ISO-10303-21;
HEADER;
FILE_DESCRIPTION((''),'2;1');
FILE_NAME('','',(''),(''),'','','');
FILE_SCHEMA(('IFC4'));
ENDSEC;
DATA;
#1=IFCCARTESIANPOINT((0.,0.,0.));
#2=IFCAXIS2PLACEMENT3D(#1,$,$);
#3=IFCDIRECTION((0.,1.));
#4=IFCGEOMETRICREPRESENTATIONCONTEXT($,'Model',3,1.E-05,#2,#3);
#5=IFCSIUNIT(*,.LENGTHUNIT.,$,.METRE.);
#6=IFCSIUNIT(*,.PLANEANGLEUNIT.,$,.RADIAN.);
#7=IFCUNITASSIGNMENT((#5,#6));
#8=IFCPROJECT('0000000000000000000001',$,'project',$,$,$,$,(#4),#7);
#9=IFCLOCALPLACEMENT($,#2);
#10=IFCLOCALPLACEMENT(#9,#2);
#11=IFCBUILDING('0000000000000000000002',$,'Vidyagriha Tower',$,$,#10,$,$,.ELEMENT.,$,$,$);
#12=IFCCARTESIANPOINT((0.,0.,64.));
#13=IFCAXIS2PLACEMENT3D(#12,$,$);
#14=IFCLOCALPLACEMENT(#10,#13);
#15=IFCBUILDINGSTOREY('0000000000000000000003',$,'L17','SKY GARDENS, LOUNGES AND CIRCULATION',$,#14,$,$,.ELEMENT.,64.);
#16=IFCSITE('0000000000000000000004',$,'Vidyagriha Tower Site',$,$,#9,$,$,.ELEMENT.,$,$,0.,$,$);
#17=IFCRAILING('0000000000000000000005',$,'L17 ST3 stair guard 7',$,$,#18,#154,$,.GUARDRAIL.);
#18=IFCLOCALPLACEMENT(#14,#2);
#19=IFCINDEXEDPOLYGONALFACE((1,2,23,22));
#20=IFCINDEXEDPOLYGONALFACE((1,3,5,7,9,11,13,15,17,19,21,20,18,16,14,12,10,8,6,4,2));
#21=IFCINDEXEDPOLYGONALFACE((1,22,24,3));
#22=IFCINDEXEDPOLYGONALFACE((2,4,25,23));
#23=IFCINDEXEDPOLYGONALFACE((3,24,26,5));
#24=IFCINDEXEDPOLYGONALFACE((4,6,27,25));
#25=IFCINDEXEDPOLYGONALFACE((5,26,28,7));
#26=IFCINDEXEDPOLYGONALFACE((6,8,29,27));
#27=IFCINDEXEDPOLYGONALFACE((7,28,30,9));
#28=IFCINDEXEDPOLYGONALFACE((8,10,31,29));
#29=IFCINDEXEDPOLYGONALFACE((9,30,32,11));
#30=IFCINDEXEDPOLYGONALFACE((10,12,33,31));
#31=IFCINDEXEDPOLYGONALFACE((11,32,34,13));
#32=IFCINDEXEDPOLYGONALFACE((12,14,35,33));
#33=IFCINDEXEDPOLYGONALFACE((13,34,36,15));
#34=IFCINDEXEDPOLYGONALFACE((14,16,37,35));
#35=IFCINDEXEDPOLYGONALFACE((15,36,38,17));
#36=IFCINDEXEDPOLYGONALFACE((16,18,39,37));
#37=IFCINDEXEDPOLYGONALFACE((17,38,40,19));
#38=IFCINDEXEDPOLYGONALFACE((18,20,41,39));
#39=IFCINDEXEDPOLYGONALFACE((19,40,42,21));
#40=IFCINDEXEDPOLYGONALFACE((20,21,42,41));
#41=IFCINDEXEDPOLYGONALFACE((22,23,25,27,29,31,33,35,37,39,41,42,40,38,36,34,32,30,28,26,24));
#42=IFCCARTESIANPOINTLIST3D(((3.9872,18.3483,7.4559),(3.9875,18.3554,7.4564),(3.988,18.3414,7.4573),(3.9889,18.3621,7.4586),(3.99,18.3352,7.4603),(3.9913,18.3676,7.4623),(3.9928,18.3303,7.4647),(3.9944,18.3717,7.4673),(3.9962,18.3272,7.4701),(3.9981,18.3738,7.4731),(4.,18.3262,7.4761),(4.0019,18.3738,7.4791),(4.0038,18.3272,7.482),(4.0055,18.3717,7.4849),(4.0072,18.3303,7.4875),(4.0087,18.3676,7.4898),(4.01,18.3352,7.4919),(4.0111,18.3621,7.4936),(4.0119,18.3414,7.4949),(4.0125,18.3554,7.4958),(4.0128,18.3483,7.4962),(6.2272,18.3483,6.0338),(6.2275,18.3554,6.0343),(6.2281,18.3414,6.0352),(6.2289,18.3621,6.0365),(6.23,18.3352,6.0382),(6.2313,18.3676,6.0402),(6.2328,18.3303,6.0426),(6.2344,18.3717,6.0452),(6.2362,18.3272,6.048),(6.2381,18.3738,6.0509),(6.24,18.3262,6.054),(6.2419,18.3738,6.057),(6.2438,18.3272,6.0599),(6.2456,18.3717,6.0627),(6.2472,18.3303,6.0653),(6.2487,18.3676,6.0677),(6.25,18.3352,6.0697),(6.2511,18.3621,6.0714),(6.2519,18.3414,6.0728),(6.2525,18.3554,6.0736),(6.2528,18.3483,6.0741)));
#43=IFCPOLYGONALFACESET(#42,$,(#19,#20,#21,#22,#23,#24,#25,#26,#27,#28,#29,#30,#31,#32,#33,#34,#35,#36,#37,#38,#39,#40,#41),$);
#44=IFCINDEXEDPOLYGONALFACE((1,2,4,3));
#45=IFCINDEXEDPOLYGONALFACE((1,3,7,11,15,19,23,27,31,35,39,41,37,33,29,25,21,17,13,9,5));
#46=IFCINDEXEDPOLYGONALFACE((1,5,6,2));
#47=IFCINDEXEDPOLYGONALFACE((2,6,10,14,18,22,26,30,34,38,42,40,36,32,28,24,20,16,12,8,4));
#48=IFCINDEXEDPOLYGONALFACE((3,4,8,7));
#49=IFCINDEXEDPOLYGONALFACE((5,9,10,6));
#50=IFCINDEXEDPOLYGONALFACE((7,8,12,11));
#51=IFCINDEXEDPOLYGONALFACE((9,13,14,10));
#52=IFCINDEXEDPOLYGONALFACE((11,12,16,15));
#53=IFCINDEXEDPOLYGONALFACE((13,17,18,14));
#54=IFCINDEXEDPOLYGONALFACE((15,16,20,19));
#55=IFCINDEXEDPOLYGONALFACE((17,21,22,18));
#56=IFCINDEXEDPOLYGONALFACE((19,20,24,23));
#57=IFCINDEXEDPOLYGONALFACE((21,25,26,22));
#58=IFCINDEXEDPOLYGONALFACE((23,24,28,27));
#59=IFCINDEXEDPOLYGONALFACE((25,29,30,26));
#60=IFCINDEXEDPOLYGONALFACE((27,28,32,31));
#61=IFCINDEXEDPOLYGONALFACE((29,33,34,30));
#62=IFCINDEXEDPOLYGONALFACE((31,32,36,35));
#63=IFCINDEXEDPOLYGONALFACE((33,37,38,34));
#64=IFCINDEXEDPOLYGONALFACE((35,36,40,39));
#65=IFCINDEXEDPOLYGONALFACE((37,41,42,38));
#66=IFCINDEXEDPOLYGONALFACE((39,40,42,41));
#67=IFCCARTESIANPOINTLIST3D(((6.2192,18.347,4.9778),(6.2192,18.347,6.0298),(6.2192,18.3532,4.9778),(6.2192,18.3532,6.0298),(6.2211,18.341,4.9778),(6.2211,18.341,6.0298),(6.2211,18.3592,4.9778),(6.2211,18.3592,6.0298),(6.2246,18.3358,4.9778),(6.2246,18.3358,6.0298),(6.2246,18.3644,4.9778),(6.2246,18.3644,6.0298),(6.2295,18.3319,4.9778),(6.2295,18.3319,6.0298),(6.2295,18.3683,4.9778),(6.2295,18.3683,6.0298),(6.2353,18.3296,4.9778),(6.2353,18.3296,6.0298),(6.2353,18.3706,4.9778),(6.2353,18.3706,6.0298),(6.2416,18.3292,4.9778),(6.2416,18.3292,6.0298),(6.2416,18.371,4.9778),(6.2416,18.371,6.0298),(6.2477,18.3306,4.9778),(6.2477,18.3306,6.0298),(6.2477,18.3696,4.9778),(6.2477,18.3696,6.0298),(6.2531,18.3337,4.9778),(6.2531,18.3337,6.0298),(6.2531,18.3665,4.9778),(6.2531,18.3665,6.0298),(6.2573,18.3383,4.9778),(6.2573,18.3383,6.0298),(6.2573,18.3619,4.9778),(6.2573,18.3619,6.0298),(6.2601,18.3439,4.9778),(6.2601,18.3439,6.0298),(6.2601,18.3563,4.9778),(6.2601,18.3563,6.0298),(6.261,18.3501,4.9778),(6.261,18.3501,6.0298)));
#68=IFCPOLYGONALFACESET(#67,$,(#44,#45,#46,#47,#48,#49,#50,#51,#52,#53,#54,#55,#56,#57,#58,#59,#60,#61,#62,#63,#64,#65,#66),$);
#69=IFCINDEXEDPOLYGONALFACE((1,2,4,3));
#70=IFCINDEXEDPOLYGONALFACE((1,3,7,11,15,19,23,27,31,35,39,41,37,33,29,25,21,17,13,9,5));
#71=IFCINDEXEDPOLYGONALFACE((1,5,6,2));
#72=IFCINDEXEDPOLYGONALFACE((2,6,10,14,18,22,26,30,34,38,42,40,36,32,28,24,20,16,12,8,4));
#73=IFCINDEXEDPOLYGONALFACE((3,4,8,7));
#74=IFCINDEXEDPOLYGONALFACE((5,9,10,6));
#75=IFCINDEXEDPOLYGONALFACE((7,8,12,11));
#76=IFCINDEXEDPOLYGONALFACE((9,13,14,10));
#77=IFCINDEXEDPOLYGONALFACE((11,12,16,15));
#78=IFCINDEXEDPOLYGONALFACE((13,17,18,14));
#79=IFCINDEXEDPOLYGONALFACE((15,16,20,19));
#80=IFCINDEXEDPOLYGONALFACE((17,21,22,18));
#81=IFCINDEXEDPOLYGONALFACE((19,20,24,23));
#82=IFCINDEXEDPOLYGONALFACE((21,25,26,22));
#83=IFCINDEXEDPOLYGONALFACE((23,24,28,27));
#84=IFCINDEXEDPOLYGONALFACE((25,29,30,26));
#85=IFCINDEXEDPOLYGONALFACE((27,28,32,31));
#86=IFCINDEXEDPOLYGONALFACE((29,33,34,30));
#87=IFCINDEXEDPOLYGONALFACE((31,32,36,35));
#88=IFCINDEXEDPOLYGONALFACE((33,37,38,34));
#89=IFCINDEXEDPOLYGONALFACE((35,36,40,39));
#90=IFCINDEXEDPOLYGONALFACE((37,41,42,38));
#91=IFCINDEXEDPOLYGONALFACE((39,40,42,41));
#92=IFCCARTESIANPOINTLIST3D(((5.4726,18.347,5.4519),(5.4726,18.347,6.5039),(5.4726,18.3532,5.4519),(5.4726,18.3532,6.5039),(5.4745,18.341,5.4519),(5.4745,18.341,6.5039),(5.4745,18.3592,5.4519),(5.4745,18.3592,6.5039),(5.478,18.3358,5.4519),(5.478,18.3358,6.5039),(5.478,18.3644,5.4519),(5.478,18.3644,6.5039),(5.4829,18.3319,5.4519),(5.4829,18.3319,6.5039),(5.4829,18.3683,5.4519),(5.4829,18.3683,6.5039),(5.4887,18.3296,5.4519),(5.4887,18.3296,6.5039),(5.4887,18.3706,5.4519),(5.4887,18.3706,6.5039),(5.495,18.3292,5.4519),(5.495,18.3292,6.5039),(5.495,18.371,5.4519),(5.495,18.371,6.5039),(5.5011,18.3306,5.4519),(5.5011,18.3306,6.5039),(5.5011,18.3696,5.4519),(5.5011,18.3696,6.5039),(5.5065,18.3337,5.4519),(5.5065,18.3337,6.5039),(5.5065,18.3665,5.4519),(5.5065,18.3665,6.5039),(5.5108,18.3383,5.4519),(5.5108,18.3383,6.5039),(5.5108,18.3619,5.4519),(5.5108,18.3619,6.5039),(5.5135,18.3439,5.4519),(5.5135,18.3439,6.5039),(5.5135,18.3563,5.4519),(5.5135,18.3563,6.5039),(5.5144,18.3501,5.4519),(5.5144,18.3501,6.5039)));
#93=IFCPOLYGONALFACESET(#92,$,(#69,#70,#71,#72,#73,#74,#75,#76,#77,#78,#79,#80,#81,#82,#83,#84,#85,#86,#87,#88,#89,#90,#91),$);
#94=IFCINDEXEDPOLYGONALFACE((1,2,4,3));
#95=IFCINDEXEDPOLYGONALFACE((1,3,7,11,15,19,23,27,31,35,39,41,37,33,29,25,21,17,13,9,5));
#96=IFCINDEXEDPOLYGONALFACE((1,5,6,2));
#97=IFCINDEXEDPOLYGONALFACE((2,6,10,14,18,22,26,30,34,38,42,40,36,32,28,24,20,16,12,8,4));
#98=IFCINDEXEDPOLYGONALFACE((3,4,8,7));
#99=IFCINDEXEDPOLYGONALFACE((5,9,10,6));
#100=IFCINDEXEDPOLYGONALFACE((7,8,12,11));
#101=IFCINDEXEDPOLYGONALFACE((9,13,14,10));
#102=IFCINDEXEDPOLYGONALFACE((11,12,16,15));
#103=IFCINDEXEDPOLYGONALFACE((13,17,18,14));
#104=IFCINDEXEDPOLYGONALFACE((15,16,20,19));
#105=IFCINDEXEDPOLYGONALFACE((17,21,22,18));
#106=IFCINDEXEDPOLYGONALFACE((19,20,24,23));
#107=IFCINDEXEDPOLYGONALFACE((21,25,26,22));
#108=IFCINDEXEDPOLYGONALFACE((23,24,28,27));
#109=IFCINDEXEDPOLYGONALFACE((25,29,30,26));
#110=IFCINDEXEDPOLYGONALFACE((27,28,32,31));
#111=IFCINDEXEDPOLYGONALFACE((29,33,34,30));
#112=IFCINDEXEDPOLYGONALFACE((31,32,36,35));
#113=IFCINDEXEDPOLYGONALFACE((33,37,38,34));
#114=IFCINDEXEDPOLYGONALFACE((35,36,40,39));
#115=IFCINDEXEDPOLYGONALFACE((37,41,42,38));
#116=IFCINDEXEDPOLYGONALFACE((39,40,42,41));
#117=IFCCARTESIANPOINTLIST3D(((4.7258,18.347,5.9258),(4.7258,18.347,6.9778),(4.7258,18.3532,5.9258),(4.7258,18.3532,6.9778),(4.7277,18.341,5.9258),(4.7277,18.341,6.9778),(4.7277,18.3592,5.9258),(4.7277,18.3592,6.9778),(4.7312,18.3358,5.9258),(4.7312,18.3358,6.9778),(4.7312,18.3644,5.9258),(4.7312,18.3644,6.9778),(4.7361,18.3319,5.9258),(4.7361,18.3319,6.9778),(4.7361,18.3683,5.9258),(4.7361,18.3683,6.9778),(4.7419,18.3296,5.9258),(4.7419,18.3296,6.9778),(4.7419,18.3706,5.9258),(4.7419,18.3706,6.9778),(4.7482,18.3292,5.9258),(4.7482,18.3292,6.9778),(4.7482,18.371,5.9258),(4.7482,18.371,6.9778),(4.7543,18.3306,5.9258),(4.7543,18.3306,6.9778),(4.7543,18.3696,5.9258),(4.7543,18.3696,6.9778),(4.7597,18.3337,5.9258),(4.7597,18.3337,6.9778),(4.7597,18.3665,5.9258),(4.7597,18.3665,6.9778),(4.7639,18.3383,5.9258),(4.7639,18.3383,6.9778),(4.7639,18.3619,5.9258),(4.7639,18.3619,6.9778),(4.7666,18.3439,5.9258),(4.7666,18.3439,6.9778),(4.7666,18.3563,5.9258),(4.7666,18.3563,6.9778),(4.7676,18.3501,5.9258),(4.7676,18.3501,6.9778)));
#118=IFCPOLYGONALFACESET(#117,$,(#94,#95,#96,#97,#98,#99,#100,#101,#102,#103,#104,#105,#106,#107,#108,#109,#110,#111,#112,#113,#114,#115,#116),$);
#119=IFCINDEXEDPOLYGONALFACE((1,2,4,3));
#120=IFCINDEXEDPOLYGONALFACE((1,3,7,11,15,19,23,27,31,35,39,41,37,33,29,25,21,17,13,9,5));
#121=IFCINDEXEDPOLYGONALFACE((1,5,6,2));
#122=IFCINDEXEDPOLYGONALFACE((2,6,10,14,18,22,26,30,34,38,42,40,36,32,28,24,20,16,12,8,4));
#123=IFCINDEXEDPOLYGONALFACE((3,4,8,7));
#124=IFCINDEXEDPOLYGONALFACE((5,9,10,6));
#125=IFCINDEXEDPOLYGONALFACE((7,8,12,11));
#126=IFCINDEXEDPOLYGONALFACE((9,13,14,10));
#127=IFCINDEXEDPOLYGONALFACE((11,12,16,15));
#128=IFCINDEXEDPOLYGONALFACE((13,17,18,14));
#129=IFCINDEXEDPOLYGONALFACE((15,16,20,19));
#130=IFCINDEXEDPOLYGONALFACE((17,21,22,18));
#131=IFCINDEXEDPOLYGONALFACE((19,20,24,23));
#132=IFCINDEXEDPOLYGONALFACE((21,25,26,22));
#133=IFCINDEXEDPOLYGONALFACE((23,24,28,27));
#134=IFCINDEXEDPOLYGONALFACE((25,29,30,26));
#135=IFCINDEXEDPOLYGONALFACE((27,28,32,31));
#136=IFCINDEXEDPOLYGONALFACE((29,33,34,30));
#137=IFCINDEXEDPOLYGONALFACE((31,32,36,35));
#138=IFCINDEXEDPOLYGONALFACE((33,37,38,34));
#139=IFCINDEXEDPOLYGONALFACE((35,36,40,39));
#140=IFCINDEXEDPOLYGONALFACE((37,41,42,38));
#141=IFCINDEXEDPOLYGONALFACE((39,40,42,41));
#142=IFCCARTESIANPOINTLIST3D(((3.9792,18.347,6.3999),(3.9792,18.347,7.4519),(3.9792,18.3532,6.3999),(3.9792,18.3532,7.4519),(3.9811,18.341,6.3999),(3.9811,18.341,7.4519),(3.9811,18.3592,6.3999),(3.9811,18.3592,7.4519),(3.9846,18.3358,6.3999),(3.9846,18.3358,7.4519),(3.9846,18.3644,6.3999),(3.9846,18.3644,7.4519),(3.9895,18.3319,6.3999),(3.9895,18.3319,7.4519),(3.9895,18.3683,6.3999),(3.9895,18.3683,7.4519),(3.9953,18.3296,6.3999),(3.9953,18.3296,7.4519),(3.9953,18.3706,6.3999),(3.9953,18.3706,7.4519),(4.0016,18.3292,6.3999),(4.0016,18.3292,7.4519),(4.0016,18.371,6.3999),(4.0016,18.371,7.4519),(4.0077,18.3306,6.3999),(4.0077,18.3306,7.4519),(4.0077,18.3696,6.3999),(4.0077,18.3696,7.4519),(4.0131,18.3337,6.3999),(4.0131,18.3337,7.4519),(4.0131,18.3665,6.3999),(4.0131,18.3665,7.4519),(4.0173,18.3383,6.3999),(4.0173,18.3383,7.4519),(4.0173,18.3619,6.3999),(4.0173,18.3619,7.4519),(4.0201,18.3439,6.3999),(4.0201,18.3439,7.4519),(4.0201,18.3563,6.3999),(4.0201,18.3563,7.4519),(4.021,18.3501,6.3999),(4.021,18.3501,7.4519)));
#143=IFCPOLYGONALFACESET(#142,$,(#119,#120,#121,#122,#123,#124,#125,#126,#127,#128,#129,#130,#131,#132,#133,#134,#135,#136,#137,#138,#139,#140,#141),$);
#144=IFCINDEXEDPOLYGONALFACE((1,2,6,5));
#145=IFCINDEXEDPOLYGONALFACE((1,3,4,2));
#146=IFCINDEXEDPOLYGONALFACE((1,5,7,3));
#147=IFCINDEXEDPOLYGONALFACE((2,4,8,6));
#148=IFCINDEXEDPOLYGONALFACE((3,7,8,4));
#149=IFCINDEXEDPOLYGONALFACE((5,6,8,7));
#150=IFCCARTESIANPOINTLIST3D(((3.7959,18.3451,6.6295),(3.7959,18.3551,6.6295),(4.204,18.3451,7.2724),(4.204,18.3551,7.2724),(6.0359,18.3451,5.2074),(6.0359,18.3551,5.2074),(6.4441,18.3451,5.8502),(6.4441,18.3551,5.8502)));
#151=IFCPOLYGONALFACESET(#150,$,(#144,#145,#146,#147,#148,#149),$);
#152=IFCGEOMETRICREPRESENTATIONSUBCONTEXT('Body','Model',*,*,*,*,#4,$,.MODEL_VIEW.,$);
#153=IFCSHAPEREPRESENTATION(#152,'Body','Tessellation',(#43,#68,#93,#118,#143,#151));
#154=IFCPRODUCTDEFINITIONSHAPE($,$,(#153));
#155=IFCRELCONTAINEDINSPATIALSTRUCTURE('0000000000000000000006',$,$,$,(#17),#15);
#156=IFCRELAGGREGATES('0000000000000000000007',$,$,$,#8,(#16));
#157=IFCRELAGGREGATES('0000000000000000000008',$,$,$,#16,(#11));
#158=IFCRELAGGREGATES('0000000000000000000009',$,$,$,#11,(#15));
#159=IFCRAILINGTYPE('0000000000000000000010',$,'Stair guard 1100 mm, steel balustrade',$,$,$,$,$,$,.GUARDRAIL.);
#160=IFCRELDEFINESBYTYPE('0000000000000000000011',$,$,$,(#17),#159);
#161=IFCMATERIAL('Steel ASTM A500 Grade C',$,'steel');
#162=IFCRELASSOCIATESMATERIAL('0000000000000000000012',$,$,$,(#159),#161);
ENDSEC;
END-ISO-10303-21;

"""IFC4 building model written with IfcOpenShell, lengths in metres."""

from ifc_helpers import new_model, si_unit, direction, frame, origin, origin_2d, place, context, subcontext, project, spatial, rectangle, circle, extrude, material, type_object, element, save


model = new_model("IFC4")

# Units and contexts
model_context = context("Model", 3, precision=1e-05, world=origin(), true_north=direction((0.0, 1.0)))
body_context = subcontext(model_context, "Body", "Model", "MODEL_VIEW")
ifc_project = project(units=[si_unit("LENGTHUNIT", "METRE"), si_unit("PLANEANGLEUNIT", "RADIAN")], contexts=[model_context])

# Site, building, storey
site_placement = place(None, origin())
site = spatial("IfcSite", under=ifc_project, at=site_placement, Name="Vidyagriha Tower Site", CompositionType="ELEMENT", RefElevation=0.0)
building_placement = place(site_placement, origin())
building = spatial("IfcBuilding", under=site, at=building_placement, Name="Vidyagriha Tower", CompositionType="ELEMENT")
storey_placement = place(building_placement, frame((0.0, 0.0, 64.0)))
storey = spatial("IfcBuildingStorey", under=building, at=storey_placement, Name="L17", Description="SKY GARDENS, LOUNGES AND CIRCULATION", CompositionType="ELEMENT", Elevation=64.0)

# Railing
ifc_material_1 = material(Name="Steel ASTM A500 Grade C", Category="steel")
railing_type_1 = type_object("IfcRailingType", Name="Stair guard 1100 mm, steel balustrade", PredefinedType="GUARDRAIL", material=ifc_material_1)
railing_1_placement = place(storey_placement, frame((6.24, 18.3501, 4.9778)))
element("IfcRailing", 1, at=railing_1_placement, inside=storey, type_object=railing_type_1, Name="L17 ST3 stair guard 7", PredefinedType="GUARDRAIL", context=body_context, shape_type="SweptSolid", body=[
    extrude(circle(Radius=0.0239, at=origin_2d()), frame((0.0, 0.0, 1.0762), z_axis=(-0.844229, 0.0, 0.535982), x_axis=(0.0, -1.0, 0.0)), (0.0, 0.0, 1.0), 2.6533),
    extrude(circle(Radius=0.021, at=origin_2d()), origin(), (0.0, 0.0, 1.0), 1.052),
    extrude(circle(Radius=0.021, at=origin_2d()), frame((-0.7466, 0.0, 0.4741)), (0.0, 0.0, 1.0), 1.052),
    extrude(circle(Radius=0.021, at=origin_2d()), frame((-1.4934, 0.0, 0.948)), (0.0, 0.0, 1.0), 1.052),
    extrude(circle(Radius=0.021, at=origin_2d()), frame((-2.24, 0.0, 1.4221)), (0.0, 0.0, 1.0), 1.052),
    extrude(rectangle(XDim=0.01, YDim=0.7615, at=origin_2d()), frame((0.0, 0.0, 0.551), z_axis=(-0.844229, 0.0, 0.535982), x_axis=(0.0, -1.0, 0.0)), (0.0, 0.0, 1.0), 2.6533),
])

save(model, "model.ifc")
